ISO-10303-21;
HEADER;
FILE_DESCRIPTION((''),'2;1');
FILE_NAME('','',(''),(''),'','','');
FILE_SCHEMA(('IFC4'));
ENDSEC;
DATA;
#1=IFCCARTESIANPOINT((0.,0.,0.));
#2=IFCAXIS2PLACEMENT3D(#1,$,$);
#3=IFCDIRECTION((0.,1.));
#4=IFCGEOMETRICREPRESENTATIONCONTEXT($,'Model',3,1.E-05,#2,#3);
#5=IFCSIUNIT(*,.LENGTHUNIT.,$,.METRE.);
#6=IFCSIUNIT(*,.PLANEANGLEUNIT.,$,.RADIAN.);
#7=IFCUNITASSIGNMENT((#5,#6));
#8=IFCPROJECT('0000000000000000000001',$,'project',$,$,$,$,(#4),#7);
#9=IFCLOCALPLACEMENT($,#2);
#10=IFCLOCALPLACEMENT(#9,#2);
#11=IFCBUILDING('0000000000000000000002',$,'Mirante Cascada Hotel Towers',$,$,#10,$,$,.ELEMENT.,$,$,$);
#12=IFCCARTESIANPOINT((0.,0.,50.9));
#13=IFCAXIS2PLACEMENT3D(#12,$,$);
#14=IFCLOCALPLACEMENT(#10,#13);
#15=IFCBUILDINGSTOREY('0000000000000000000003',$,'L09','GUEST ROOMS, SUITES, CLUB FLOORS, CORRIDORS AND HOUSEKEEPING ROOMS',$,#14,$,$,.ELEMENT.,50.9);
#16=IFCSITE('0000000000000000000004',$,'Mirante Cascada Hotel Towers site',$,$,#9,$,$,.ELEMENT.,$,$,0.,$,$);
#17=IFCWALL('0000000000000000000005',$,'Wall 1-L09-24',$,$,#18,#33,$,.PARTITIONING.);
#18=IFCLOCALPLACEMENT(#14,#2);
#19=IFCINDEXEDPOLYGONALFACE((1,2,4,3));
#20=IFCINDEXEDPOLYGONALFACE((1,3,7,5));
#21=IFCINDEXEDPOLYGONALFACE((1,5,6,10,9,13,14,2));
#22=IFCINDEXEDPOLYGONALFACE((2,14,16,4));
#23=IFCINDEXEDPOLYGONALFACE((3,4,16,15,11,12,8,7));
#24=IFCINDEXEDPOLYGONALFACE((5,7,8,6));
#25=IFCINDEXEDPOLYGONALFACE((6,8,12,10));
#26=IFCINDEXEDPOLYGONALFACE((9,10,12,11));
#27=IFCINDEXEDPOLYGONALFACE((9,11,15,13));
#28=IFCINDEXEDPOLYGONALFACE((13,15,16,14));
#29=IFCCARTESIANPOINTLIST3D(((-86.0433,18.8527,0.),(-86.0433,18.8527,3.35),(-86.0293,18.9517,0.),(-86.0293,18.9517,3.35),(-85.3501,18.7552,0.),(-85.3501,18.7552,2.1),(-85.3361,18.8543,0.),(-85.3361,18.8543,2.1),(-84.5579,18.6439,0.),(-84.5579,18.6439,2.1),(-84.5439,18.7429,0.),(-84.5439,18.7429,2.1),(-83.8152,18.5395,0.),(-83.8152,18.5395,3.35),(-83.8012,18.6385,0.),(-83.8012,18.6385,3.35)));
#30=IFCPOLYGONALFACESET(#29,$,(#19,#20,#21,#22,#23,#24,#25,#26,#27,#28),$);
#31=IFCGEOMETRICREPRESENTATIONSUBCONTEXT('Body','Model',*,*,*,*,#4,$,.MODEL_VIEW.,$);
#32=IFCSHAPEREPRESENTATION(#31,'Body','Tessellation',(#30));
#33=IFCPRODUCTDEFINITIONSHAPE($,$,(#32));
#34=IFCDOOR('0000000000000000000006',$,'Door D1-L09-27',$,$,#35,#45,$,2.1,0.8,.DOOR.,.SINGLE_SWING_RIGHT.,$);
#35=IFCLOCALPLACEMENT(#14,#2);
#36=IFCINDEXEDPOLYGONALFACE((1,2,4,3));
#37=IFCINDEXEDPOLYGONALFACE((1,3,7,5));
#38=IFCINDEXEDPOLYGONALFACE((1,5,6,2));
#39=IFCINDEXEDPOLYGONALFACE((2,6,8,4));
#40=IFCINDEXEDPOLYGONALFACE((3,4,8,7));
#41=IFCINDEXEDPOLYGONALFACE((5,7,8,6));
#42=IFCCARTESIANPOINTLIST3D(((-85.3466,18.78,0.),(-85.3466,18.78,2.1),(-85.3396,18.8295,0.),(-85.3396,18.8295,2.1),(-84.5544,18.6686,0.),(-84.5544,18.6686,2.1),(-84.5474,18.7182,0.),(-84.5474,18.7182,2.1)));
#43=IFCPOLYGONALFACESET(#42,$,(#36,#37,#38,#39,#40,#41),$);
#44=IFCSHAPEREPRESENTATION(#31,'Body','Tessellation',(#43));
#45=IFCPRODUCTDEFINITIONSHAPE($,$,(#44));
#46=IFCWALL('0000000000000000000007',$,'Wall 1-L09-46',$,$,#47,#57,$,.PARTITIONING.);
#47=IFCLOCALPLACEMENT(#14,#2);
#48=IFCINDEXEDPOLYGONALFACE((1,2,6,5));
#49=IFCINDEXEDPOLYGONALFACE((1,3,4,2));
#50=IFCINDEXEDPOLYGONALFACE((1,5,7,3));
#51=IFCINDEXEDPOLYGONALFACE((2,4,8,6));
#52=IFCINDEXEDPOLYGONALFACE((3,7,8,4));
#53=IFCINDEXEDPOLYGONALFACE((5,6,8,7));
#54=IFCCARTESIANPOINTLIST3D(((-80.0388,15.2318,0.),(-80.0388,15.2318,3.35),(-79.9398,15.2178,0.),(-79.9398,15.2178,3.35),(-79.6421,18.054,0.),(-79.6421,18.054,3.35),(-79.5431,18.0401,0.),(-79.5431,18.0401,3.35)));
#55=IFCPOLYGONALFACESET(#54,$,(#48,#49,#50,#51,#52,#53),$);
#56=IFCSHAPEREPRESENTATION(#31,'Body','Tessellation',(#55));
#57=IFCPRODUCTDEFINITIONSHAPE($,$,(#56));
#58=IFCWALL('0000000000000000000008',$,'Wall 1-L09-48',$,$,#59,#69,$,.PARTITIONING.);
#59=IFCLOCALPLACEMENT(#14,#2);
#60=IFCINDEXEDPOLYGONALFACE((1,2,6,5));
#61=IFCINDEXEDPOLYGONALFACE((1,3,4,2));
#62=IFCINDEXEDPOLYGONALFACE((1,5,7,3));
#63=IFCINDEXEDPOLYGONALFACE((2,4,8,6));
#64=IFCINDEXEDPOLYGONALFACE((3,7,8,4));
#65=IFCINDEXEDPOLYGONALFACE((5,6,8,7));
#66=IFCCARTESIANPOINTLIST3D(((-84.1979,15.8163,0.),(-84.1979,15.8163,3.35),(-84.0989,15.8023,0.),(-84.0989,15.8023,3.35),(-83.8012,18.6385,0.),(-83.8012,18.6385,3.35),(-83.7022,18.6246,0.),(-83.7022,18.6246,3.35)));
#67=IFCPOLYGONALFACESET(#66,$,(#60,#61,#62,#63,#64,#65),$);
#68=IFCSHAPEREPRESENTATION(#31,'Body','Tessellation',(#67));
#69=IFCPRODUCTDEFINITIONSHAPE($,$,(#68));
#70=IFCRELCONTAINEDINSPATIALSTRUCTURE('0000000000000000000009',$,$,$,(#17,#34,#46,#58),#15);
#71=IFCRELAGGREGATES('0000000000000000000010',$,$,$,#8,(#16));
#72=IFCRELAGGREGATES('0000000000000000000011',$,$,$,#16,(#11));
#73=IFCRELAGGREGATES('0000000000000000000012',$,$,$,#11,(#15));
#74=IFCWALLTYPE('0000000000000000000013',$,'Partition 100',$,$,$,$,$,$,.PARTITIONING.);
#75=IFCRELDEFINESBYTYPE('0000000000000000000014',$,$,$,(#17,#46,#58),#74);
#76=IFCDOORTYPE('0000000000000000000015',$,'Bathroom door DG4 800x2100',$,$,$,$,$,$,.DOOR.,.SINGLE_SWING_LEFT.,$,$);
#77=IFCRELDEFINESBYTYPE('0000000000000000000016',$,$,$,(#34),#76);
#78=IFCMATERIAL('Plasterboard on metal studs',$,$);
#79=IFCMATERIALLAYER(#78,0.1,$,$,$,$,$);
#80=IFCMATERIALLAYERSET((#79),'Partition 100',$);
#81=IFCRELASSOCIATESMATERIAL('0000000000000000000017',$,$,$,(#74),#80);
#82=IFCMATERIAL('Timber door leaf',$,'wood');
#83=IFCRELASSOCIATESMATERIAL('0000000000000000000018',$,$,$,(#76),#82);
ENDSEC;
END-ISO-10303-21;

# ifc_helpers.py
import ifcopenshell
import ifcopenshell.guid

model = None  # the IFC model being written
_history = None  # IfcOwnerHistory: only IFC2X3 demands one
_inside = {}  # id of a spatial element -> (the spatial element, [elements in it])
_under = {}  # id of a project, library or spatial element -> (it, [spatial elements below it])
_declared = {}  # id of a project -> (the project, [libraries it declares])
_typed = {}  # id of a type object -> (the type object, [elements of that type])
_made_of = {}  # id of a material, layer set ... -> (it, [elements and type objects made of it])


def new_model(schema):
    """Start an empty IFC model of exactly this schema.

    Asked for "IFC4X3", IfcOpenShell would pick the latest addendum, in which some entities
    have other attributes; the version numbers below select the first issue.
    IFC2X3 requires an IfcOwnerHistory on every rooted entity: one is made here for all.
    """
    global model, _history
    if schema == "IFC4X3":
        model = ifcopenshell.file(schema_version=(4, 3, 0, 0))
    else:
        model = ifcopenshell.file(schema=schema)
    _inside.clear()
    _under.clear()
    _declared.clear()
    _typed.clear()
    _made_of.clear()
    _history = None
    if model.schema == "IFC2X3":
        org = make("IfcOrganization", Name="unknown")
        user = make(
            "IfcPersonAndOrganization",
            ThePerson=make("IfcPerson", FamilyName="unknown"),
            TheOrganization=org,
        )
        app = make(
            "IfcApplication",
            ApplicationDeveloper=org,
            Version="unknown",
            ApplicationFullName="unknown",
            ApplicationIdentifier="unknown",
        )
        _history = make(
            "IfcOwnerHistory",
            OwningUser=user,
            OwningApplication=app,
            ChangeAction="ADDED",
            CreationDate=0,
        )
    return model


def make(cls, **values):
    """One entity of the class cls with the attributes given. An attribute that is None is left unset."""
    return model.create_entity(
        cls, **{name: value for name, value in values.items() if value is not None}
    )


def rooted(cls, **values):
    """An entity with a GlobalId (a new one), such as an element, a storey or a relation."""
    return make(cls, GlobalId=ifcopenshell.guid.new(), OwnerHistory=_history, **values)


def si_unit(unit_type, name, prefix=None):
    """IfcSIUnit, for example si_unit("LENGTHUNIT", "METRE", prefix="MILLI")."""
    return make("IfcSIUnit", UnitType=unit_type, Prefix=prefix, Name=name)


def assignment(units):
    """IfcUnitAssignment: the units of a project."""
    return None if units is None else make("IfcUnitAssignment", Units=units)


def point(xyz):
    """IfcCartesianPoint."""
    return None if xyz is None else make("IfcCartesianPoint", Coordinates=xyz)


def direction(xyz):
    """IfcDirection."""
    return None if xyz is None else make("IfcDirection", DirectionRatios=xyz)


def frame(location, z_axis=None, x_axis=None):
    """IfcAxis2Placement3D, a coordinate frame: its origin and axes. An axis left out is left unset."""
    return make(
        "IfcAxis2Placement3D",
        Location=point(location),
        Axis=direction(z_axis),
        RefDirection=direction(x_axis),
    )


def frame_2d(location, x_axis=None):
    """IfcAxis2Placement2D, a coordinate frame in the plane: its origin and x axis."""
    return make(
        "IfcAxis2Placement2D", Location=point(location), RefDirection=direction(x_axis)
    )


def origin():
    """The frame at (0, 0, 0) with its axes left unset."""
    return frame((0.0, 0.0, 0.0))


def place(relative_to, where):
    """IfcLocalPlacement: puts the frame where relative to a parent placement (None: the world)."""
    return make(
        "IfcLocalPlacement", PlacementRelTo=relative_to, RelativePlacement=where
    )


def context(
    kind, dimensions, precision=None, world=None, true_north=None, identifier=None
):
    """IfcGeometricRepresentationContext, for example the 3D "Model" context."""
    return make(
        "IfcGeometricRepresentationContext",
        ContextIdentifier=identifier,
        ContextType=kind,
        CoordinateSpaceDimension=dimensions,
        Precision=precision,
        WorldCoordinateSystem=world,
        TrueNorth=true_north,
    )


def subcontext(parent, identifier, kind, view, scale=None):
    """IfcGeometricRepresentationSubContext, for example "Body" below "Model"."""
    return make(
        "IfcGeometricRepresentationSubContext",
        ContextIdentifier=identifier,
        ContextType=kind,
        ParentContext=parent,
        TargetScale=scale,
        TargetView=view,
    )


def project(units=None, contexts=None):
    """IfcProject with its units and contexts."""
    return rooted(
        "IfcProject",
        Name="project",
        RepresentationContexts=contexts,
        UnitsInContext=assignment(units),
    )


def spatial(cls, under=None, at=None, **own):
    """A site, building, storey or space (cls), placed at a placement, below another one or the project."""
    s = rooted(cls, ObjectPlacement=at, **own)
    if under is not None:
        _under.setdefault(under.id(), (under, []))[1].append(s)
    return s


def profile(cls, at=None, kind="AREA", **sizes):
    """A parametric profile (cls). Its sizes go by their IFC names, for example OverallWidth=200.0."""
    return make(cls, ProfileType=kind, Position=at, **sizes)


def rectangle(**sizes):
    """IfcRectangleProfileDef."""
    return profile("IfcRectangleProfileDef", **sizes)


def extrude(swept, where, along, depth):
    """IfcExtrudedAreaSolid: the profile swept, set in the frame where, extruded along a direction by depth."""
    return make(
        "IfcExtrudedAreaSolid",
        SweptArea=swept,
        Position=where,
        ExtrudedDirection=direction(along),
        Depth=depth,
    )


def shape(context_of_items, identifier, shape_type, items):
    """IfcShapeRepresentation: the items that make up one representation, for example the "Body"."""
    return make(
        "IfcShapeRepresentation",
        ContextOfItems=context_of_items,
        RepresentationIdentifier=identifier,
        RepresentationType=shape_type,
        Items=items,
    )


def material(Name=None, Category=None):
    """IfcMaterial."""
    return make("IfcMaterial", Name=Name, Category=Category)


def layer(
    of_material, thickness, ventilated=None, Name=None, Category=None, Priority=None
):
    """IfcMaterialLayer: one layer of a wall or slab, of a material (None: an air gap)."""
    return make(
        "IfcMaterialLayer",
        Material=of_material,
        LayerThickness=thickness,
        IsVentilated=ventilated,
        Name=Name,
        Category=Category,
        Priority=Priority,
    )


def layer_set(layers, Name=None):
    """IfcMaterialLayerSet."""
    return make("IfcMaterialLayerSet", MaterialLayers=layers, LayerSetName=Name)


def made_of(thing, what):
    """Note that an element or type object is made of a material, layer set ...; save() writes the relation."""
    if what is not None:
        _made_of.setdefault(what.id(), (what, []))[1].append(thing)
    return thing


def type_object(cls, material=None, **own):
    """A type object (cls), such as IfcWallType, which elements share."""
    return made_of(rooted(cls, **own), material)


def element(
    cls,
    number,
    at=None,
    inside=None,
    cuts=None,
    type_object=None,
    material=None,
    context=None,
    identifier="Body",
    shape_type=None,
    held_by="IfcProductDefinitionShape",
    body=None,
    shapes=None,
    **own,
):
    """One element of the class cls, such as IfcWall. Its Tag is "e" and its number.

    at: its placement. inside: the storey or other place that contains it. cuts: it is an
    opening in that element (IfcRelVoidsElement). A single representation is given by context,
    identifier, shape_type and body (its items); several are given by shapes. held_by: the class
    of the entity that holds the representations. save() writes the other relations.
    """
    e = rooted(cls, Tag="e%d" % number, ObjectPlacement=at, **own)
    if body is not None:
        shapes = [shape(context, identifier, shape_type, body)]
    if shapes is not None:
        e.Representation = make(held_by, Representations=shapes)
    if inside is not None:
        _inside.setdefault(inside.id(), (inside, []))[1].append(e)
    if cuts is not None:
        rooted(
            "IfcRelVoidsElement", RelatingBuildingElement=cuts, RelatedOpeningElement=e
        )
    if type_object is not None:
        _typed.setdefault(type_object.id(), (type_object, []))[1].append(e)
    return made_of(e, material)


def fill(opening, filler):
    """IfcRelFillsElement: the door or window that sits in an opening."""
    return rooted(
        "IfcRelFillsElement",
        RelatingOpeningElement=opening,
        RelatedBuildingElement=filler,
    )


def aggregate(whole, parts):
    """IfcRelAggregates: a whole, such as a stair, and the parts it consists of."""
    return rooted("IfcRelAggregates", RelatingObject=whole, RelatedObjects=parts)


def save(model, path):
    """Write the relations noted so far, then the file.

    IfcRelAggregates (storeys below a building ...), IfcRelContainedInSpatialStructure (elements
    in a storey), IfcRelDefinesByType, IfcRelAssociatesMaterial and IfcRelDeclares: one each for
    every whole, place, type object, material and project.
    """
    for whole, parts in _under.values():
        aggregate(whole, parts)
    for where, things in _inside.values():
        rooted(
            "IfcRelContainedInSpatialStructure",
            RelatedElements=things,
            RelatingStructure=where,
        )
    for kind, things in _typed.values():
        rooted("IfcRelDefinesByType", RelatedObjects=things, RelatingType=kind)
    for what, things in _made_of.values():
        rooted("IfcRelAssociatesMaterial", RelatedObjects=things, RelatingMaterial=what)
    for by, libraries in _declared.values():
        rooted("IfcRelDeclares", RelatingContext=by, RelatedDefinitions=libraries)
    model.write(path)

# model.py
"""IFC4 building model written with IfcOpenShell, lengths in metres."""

from ifc_helpers import new_model, si_unit, direction, frame, frame_2d, origin, place, context, subcontext, project, spatial, rectangle, extrude, material, layer, layer_set, type_object, element, fill, save


model = new_model("IFC4")

# Units and contexts
model_context = context("Model", 3, precision=1e-05, world=origin(), true_north=direction((0.0, 1.0)))
body_context = subcontext(model_context, "Body", "Model", "MODEL_VIEW")
ifc_project = project(units=[si_unit("LENGTHUNIT", "METRE"), si_unit("PLANEANGLEUNIT", "RADIAN")], contexts=[model_context])

# Site, building, storey
site_placement = place(None, origin())
site = spatial("IfcSite", under=ifc_project, at=site_placement, Name="Mirante Cascada Hotel Towers site", CompositionType="ELEMENT", RefElevation=0.0)
building_placement = place(site_placement, origin())
building = spatial("IfcBuilding", under=site, at=building_placement, Name="Mirante Cascada Hotel Towers", CompositionType="ELEMENT")
storey_placement = place(building_placement, frame((0.0, 0.0, 50.9)))
storey = spatial("IfcBuildingStorey", under=building, at=storey_placement, Name="L09", Description="GUEST ROOMS, SUITES, CLUB FLOORS, CORRIDORS AND HOUSEKEEPING ROOMS", CompositionType="ELEMENT", Elevation=50.9)

# Wall, opening, door
ifc_material_1 = material(Name="Plasterboard on metal studs")
ifc_layer_1 = layer(ifc_material_1, 0.1)
ifc_layer_set_1 = layer_set([ifc_layer_1], Name="Partition 100")
wall_type_1 = type_object("IfcWallType", Name="Partition 100", PredefinedType="PARTITIONING", material=ifc_layer_set_1)
ifc_material_2 = material(Name="Timber door leaf", Category="wood")
door_type = type_object("IfcDoorType", Name="Bathroom door DG4 800x2100", OperationType="SINGLE_SWING_LEFT", PredefinedType="DOOR", material=ifc_material_2)
wall_1_placement = place(storey_placement, frame((-83.8082, 18.589, 0.0), z_axis=(0.0, 0.0, 1.0), x_axis=(-0.990264, 0.1392, 0.0)))
wall_1 = element("IfcWall", 1, at=wall_1_placement, inside=storey, type_object=wall_type_1, Name="Wall 1-L09-24", PredefinedType="PARTITIONING", context=body_context, shape_type="SweptSolid", body=[
    extrude(rectangle(XDim=2.25, YDim=0.1, at=frame_2d((1.125, 0.0))), origin(), (0.0, 0.0, 1.0), 3.35),
])
opening_1_placement = place(wall_1_placement, frame((0.75, 0.0, 0.0)))
opening_1 = element("IfcOpeningElement", 2, at=opening_1_placement, cuts=wall_1, PredefinedType="OPENING", context=body_context, shape_type="SweptSolid", body=[
    extrude(rectangle(XDim=0.8, YDim=2.1, at=frame_2d((0.4, 1.05))), frame((0.0, 0.05, 0.0), z_axis=(0.0, -1.0, 0.0), x_axis=(1.0, 0.0, 0.0)), (0.0, 0.0, 1.0), 0.1),
])
door_1_placement = place(opening_1_placement, frame((0.8, 0.0, 0.0), z_axis=(0.0, 0.0, 1.0), x_axis=(-1.0, 0.0, 0.0)))
door_1 = element("IfcDoor", 3, at=door_1_placement, inside=storey, type_object=door_type, Name="Door D1-L09-27", OperationType="SINGLE_SWING_RIGHT", OverallHeight=2.1, OverallWidth=0.8, PredefinedType="DOOR", context=body_context, shape_type="SweptSolid", body=[
    extrude(rectangle(XDim=0.8, YDim=2.1, at=frame_2d((0.4, 1.05))), frame((0.0, 0.025, 0.0), z_axis=(0.0, -1.0, 0.0), x_axis=(1.0, 0.0, 0.0)), (0.0, 0.0, 1.0), 0.05),
])
fill(opening_1, door_1)

# Walls
for number, where, z_axis, x_axis, name in (
    (4, (-79.9893, 15.2248, 0.0), (0.0, 0.0, 1.0), (0.139191, 0.990266, 0.0), "Wall 1-L09-46"),
    (5, (-84.1484, 15.8093, 0.0), (0.0, 0.0, 1.0), (0.139191, 0.990266, 0.0), "Wall 1-L09-48"),
):
    element("IfcWall", number, at=place(storey_placement, frame(where, z_axis=z_axis, x_axis=x_axis)), inside=storey, type_object=wall_type_1, Name=name, PredefinedType="PARTITIONING", context=body_context, shape_type="SweptSolid", body=[
        extrude(rectangle(XDim=2.85, YDim=0.1, at=frame_2d((1.425, 0.0))), origin(), (0.0, 0.0, 1.0), 3.35),
    ])

save(model, "model.ifc")
